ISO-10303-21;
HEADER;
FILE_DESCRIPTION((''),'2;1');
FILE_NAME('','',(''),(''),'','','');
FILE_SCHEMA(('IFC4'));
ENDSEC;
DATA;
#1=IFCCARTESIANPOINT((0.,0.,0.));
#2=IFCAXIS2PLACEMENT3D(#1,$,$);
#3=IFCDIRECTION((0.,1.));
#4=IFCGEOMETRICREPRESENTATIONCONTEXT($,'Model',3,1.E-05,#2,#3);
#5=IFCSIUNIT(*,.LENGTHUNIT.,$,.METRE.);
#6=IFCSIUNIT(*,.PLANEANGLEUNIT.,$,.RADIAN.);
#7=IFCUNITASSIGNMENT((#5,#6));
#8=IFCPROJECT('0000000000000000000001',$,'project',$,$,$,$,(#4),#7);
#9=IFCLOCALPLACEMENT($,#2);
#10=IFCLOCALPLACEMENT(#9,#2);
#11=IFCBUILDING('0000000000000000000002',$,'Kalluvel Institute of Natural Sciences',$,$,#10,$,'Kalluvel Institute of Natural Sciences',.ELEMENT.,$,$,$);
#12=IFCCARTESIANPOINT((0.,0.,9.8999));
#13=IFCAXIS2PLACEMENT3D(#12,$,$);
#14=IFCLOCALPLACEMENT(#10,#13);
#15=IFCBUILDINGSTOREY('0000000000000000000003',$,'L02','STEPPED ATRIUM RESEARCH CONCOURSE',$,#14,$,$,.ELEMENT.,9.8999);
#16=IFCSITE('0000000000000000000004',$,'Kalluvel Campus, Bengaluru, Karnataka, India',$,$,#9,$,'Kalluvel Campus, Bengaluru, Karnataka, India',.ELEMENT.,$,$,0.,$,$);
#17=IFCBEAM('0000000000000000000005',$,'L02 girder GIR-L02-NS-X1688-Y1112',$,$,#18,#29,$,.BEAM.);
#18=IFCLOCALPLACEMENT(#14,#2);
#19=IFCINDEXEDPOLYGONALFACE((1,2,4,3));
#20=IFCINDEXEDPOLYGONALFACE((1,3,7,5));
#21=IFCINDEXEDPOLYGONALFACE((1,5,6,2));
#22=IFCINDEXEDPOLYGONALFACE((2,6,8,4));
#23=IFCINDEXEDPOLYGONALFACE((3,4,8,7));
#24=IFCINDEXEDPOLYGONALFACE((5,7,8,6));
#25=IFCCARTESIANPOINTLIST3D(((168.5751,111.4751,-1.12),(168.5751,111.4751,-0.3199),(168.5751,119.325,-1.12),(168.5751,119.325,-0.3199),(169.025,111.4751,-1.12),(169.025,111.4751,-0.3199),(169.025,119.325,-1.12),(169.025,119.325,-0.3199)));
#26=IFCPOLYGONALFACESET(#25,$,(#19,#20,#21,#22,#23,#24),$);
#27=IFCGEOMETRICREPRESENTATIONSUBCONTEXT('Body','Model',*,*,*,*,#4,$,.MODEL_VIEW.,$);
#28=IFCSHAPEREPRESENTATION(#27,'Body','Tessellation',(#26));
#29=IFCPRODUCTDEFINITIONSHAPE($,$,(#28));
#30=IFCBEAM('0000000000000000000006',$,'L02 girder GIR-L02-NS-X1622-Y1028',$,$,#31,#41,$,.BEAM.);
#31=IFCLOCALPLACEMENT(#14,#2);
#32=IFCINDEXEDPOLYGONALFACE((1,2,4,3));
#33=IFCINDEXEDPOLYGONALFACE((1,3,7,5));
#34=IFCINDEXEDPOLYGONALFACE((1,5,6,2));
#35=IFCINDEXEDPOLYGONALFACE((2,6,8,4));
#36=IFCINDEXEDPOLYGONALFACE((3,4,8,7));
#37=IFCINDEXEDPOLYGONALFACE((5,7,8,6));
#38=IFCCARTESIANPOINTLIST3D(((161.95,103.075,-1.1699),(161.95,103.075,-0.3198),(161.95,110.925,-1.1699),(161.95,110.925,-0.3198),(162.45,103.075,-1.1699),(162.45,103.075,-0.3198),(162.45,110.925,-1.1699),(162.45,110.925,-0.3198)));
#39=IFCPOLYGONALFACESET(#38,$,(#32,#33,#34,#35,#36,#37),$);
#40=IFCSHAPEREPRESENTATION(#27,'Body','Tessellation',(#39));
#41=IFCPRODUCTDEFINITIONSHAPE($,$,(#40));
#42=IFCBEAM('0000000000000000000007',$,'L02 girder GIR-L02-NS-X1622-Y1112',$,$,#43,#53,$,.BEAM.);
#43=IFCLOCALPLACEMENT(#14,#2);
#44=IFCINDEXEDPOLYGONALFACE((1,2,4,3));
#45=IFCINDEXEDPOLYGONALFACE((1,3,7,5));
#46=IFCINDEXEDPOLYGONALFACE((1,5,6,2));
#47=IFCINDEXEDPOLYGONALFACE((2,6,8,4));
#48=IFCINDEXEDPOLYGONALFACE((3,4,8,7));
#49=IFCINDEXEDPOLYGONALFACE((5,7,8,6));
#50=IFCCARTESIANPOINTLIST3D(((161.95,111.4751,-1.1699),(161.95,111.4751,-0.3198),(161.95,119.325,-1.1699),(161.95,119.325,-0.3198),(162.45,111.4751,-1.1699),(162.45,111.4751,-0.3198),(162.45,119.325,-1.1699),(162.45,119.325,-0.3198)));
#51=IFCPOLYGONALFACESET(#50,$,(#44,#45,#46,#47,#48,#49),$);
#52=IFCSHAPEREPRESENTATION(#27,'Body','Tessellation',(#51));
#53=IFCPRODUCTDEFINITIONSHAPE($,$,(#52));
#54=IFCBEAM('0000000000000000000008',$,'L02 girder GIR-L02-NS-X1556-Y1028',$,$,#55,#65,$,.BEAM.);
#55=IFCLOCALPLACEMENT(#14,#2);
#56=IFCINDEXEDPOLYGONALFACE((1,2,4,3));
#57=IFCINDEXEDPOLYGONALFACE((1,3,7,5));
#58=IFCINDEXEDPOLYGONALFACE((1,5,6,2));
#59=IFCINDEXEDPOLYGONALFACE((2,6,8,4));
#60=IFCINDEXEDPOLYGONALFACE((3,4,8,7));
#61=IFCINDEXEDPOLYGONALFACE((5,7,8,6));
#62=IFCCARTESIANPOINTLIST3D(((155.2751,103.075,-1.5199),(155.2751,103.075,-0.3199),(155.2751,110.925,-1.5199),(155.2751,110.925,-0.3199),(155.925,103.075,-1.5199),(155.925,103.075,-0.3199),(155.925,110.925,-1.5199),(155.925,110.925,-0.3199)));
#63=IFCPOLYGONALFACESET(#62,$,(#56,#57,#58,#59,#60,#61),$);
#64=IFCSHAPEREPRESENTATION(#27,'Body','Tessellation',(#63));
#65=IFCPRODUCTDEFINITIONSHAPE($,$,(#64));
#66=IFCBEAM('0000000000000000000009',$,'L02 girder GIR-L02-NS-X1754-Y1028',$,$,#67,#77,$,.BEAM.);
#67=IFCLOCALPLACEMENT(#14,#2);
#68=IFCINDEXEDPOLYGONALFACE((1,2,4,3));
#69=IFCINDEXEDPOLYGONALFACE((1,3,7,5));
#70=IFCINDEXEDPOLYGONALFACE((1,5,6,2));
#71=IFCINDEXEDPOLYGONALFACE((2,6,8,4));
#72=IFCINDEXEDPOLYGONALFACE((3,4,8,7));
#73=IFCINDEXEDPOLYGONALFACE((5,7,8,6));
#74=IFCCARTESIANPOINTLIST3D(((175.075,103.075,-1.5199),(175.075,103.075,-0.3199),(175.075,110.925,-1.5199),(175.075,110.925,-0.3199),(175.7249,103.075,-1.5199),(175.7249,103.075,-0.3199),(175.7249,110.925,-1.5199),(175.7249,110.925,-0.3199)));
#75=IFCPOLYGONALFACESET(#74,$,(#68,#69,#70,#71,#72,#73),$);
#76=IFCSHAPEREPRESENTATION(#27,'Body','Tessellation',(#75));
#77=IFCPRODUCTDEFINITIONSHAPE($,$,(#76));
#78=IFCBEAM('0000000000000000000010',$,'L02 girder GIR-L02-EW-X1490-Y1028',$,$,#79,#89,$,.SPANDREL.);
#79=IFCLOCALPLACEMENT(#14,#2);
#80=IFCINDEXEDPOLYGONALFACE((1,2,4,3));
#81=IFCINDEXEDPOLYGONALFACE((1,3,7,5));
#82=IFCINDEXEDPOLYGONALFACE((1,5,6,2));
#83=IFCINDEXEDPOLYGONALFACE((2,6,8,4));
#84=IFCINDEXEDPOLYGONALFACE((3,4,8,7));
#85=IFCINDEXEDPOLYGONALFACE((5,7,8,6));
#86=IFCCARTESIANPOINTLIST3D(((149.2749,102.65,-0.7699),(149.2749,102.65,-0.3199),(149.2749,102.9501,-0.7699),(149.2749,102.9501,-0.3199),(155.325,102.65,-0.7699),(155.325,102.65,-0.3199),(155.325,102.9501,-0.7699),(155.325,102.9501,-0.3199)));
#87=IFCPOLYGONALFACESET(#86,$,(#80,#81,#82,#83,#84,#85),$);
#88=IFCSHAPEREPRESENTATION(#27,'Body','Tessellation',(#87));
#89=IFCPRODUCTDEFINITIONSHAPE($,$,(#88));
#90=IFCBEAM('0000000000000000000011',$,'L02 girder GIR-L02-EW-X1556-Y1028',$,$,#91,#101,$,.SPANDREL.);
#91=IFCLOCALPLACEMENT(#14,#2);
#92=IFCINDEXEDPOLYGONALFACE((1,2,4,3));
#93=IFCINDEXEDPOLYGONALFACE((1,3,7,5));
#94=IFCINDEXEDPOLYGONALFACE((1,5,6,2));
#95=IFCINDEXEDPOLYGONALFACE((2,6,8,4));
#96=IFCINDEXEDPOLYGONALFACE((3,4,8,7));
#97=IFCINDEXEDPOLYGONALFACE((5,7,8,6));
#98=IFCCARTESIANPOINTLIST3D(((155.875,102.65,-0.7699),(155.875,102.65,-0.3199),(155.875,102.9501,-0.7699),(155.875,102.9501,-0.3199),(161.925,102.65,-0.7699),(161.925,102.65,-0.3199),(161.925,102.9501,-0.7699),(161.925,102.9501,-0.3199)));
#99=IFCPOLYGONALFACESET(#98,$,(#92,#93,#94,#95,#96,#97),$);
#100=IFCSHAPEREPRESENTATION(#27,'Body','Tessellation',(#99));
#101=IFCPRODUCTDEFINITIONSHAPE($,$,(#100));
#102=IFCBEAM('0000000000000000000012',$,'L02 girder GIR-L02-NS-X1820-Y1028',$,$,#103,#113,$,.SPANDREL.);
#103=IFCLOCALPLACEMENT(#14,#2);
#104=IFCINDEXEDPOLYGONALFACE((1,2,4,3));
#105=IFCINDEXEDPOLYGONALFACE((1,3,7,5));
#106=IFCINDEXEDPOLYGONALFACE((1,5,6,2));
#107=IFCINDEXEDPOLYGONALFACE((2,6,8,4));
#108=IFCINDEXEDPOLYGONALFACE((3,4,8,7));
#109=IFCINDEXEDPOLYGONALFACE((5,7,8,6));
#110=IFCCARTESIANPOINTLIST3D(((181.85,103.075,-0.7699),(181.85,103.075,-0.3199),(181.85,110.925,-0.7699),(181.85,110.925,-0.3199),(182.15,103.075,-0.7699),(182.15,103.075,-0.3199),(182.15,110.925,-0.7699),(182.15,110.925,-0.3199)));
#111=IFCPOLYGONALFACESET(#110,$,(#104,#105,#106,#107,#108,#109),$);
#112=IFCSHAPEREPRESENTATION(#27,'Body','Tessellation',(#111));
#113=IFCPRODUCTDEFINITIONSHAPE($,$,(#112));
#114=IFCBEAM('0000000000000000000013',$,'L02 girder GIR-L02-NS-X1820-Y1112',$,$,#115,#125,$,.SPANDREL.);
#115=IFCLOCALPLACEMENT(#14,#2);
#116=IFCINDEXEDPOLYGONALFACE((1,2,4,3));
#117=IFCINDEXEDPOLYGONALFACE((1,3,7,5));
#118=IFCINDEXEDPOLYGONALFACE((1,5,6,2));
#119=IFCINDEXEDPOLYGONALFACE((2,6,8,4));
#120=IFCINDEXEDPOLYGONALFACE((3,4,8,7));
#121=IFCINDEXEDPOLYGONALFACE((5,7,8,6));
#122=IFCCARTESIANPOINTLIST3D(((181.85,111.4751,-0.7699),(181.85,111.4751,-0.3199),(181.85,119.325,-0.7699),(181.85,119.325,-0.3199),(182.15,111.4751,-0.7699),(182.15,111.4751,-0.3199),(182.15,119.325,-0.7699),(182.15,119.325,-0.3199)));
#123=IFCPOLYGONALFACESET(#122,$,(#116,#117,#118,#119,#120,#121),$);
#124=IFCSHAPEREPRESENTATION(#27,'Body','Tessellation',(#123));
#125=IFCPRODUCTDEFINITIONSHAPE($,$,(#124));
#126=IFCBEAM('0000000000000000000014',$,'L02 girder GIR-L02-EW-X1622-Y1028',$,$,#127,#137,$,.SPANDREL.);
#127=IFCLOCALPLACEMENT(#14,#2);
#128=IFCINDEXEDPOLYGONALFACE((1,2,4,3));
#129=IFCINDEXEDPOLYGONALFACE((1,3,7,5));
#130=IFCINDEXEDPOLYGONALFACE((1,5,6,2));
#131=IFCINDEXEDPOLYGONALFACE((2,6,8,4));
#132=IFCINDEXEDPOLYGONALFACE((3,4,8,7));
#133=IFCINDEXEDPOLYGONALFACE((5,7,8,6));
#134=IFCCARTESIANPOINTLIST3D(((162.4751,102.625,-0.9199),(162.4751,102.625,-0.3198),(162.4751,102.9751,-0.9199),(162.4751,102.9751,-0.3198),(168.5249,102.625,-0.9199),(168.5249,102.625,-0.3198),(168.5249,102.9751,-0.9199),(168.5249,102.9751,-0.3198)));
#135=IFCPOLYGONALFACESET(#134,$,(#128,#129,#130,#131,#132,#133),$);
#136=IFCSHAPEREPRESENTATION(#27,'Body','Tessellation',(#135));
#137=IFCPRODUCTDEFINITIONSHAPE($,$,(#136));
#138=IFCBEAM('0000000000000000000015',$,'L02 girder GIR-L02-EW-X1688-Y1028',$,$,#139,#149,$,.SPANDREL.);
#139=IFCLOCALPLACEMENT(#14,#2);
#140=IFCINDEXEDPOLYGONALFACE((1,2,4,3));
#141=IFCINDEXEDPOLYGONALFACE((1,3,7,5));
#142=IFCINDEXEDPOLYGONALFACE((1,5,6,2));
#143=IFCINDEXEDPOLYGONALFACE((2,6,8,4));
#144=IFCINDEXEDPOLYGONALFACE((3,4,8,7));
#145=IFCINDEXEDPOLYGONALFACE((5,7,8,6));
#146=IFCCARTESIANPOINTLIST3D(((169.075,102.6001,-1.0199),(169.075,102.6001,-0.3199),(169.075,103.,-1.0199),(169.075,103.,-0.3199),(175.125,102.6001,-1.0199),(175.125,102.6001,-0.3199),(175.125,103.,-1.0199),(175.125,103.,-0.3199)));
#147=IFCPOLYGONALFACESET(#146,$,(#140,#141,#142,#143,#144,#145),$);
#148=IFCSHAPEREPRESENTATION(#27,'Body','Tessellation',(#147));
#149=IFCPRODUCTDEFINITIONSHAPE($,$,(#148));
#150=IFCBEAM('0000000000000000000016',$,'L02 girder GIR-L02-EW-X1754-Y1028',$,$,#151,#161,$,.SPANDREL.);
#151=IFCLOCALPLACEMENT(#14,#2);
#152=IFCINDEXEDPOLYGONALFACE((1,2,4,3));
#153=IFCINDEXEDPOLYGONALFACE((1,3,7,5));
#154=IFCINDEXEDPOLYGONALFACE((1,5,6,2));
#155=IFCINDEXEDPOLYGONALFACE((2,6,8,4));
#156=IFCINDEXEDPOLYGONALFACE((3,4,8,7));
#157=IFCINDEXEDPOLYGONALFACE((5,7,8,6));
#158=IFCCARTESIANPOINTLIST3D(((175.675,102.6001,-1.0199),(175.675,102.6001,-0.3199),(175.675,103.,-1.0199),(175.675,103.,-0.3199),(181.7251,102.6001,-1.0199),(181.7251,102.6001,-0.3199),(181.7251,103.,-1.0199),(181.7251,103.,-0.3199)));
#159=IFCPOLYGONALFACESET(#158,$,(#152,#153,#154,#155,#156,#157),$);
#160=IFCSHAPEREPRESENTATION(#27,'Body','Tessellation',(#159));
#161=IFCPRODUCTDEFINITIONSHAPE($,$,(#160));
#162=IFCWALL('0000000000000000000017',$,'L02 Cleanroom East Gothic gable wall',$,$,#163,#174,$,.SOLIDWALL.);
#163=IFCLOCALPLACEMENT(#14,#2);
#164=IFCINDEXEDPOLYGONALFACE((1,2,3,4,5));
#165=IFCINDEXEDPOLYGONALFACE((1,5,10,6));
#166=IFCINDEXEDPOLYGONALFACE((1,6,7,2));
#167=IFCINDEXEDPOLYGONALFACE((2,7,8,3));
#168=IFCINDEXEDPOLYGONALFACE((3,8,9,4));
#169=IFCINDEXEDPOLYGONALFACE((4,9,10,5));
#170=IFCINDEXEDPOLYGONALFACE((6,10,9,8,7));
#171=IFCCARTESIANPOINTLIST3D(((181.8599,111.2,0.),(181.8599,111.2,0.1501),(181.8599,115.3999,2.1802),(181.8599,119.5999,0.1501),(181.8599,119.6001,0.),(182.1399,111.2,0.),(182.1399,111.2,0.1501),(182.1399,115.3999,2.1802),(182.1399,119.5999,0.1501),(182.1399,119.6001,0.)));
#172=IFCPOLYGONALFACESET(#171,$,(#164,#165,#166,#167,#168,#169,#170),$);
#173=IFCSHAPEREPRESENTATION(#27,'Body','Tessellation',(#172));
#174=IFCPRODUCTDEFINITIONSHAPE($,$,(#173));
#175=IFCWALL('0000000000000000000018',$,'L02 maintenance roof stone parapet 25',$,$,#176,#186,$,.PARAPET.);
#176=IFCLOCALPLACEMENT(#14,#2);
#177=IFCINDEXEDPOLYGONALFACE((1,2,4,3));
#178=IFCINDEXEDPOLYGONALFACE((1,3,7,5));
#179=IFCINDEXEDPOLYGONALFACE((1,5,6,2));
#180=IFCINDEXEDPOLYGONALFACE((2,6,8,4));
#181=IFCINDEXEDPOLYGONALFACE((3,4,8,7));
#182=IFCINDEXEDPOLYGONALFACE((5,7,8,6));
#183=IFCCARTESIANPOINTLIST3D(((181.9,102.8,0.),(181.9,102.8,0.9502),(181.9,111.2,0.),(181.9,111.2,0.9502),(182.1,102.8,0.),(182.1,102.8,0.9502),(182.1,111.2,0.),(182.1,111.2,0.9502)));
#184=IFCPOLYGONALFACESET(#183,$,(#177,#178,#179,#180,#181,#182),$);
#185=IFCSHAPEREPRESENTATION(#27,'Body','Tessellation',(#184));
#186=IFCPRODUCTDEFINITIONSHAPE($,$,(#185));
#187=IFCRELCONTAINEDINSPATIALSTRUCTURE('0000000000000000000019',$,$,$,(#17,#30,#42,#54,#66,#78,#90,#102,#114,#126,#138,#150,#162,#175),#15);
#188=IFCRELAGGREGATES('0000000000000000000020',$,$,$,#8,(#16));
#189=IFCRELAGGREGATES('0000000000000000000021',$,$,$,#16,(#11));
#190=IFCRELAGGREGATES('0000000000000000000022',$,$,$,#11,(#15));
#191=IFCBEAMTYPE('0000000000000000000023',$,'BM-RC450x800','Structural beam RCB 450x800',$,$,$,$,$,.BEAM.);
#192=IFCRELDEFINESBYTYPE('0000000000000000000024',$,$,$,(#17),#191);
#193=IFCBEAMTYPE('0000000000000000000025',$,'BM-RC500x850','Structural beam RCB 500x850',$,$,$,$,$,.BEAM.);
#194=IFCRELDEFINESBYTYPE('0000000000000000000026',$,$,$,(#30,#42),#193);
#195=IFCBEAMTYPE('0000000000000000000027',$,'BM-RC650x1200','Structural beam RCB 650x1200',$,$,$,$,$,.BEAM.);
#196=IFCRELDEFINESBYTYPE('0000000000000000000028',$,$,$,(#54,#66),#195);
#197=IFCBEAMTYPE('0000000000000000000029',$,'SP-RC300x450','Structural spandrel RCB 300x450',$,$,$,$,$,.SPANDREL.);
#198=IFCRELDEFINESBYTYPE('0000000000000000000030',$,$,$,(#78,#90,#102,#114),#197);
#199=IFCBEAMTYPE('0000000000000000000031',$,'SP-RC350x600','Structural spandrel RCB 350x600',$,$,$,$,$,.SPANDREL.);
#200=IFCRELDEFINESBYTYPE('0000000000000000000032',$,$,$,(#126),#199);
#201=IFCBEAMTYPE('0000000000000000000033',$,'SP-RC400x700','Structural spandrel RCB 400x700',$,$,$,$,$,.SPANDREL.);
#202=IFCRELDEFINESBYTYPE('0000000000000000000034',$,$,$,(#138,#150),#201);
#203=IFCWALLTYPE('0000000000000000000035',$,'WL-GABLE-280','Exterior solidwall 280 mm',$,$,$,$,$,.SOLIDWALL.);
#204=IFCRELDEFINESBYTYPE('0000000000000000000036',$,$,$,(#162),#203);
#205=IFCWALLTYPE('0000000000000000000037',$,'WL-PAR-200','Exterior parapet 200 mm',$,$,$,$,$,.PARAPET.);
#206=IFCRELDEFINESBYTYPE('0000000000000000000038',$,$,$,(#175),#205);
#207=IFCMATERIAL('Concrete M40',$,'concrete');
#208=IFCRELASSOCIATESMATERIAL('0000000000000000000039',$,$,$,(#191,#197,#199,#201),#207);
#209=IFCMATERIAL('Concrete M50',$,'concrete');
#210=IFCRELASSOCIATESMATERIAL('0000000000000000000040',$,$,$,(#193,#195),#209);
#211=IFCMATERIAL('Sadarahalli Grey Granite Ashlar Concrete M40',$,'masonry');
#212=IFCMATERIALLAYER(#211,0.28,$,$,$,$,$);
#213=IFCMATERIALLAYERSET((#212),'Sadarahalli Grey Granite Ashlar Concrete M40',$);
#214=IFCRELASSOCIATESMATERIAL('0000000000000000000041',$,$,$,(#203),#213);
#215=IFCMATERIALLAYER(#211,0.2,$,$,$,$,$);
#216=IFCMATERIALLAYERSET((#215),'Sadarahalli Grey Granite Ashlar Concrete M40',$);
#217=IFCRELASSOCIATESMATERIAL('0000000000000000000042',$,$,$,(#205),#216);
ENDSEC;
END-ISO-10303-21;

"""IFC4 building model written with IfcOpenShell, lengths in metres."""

from ifc_helpers import new_model, si_unit, direction, frame, frame_2d, origin, origin_2d, place, context, subcontext, project, spatial, polyline, rectangle, outline, extrude, material, layer, layer_set, material_profile, profile_set, type_object, element, save


model = new_model("IFC4")

# Units and contexts
model_context = context("Model", 3, precision=1e-05, world=origin(), true_north=direction((0.0, 1.0)))
body_context = subcontext(model_context, "Body", "Model", "MODEL_VIEW")
ifc_project = project(units=[si_unit("LENGTHUNIT", "METRE"), si_unit("PLANEANGLEUNIT", "RADIAN")], contexts=[model_context])

# Site, building, storey
site_placement = place(None, origin())
site = spatial("IfcSite", under=ifc_project, at=site_placement, Name="Kalluvel Campus, Bengaluru, Karnataka, India", LongName="Kalluvel Campus, Bengaluru, Karnataka, India", CompositionType="ELEMENT", RefElevation=0.0)
building_placement = place(site_placement, origin())
building = spatial("IfcBuilding", under=site, at=building_placement, Name="Kalluvel Institute of Natural Sciences", LongName="Kalluvel Institute of Natural Sciences", CompositionType="ELEMENT")
storey_placement = place(building_placement, frame((0.0, 0.0, 9.8999)))
storey = spatial("IfcBuildingStorey", under=building, at=storey_placement, Name="L02", Description="STEPPED ATRIUM RESEARCH CONCOURSE", CompositionType="ELEMENT", Elevation=9.8999)

# Beams
ifc_material_1 = material(Name="Concrete M40", Category="concrete")
ifc_material_profile_1 = material_profile(ifc_material_1, rectangle(XDim=0.45, YDim=0.8, at=origin_2d()), Name="RCB 450x800")
ifc_profile_set_1 = profile_set([ifc_material_profile_1], Name="Concrete M40")
beam_type_1 = type_object("IfcBeamType", Name="BM-RC450x800", Description="Structural beam RCB 450x800", PredefinedType="BEAM", material=ifc_profile_set_1)
beam_1_placement = place(storey_placement, frame((168.8, 111.4751, -0.72), z_axis=(0.0, 1.0, 0.0), x_axis=(-1.0, 0.0, 0.0)))
element("IfcBeam", 1, at=beam_1_placement, inside=storey, type_object=beam_type_1, Name="L02 girder GIR-L02-NS-X1688-Y1112", PredefinedType="BEAM", context=body_context, shape_type="SweptSolid", body=[
    extrude(rectangle(XDim=0.45, YDim=0.8, at=origin_2d()), origin(), (0.0, 0.0, 1.0), 7.8499),
])
ifc_material_2 = material(Name="Concrete M50", Category="concrete")
ifc_material_profile_2 = material_profile(ifc_material_2, rectangle(XDim=0.5, YDim=0.8501, at=origin_2d()), Name="RCB 500x850")
ifc_profile_set_2 = profile_set([ifc_material_profile_2], Name="Concrete M50")
beam_type_2 = type_object("IfcBeamType", Name="BM-RC500x850", Description="Structural beam RCB 500x850", PredefinedType="BEAM", material=ifc_profile_set_2)
beam_2_placement = place(storey_placement, frame((162.2, 103.075, -0.7449), z_axis=(0.0, 1.0, 0.0), x_axis=(-1.0, 0.0, 0.0)))
element("IfcBeam", 2, at=beam_2_placement, inside=storey, type_object=beam_type_2, Name="L02 girder GIR-L02-NS-X1622-Y1028", PredefinedType="BEAM", context=body_context, shape_type="SweptSolid", body=[
    extrude(rectangle(XDim=0.5, YDim=0.8501, at=origin_2d()), origin(), (0.0, 0.0, 1.0), 7.8501),
])
beam_3_placement = place(storey_placement, frame((162.2, 111.4751, -0.7449), z_axis=(0.0, 1.0, 0.0), x_axis=(-1.0, 0.0, 0.0)))
element("IfcBeam", 3, at=beam_3_placement, inside=storey, type_object=beam_type_2, Name="L02 girder GIR-L02-NS-X1622-Y1112", PredefinedType="BEAM", context=body_context, shape_type="SweptSolid", body=[
    extrude(rectangle(XDim=0.5, YDim=0.8501, at=origin_2d()), origin(), (0.0, 0.0, 1.0), 7.8499),
])
ifc_material_profile_3 = material_profile(ifc_material_2, rectangle(XDim=0.6499, YDim=1.2, at=origin_2d()), Name="RCB 650x1200")
ifc_profile_set_3 = profile_set([ifc_material_profile_3], Name="Concrete M50")
beam_type_3 = type_object("IfcBeamType", Name="BM-RC650x1200", Description="Structural beam RCB 650x1200", PredefinedType="BEAM", material=ifc_profile_set_3)
for number, where, z_axis, x_axis, name in (
    (4, (155.6001, 103.075, -0.9199), (0.0, 1.0, 0.0), (-1.0, 0.0, 0.0), "L02 girder GIR-L02-NS-X1556-Y1028"),
    (5, (175.3999, 103.075, -0.9199), (0.0, 1.0, 0.0), (-1.0, 0.0, 0.0), "L02 girder GIR-L02-NS-X1754-Y1028"),
):
    element("IfcBeam", number, at=place(storey_placement, frame(where, z_axis=z_axis, x_axis=x_axis)), inside=storey, type_object=beam_type_3, Name=name, PredefinedType="BEAM", context=body_context, shape_type="SweptSolid", body=[
        extrude(rectangle(XDim=0.6499, YDim=1.2, at=origin_2d()), origin(), (0.0, 0.0, 1.0), 7.8501),
    ])
ifc_material_profile_4 = material_profile(ifc_material_1, rectangle(XDim=0.3, YDim=0.45, at=origin_2d()), Name="RCB 300x450")
ifc_profile_set_4 = profile_set([ifc_material_profile_4], Name="Concrete M40")
beam_type_4 = type_object("IfcBeamType", Name="SP-RC300x450", Description="Structural spandrel RCB 300x450", PredefinedType="SPANDREL", material=ifc_profile_set_4)
for number, where, z_axis, x_axis, name in (
    (6, (149.2749, 102.8, -0.5449), (1.0, 0.0, 0.0), (0.0, 1.0, 0.0), "L02 girder GIR-L02-EW-X1490-Y1028"),
    (7, (155.875, 102.8, -0.5449), (1.0, 0.0, 0.0), (0.0, 1.0, 0.0), "L02 girder GIR-L02-EW-X1556-Y1028"),
):
    element("IfcBeam", number, at=place(storey_placement, frame(where, z_axis=z_axis, x_axis=x_axis)), inside=storey, type_object=beam_type_4, Name=name, PredefinedType="SPANDREL", context=body_context, shape_type="SweptSolid", body=[
        extrude(rectangle(XDim=0.3, YDim=0.45, at=origin_2d()), origin(), (0.0, 0.0, 1.0), 6.05),
    ])
beam_4_placement = place(storey_placement, frame((182.0, 103.075, -0.5449), z_axis=(0.0, 1.0, 0.0), x_axis=(-1.0, 0.0, 0.0)))
element("IfcBeam", 8, at=beam_4_placement, inside=storey, type_object=beam_type_4, Name="L02 girder GIR-L02-NS-X1820-Y1028", PredefinedType="SPANDREL", context=body_context, shape_type="SweptSolid", body=[
    extrude(rectangle(XDim=0.3, YDim=0.45, at=origin_2d()), origin(), (0.0, 0.0, 1.0), 7.8501),
])
beam_5_placement = place(storey_placement, frame((182.0, 111.4751, -0.5449), z_axis=(0.0, 1.0, 0.0), x_axis=(-1.0, 0.0, 0.0)))
element("IfcBeam", 9, at=beam_5_placement, inside=storey, type_object=beam_type_4, Name="L02 girder GIR-L02-NS-X1820-Y1112", PredefinedType="SPANDREL", context=body_context, shape_type="SweptSolid", body=[
    extrude(rectangle(XDim=0.3, YDim=0.45, at=origin_2d()), origin(), (0.0, 0.0, 1.0), 7.8499),
])
ifc_material_profile_5 = material_profile(ifc_material_1, rectangle(XDim=0.3501, YDim=0.6001, at=origin_2d()), Name="RCB 350x600")
ifc_profile_set_5 = profile_set([ifc_material_profile_5], Name="Concrete M40")
beam_type_5 = type_object("IfcBeamType", Name="SP-RC350x600", Description="Structural spandrel RCB 350x600", PredefinedType="SPANDREL", material=ifc_profile_set_5)
beam_6_placement = place(storey_placement, frame((162.4751, 102.8, -0.6199), z_axis=(1.0, 0.0, 0.0), x_axis=(0.0, 1.0, 0.0)))
element("IfcBeam", 10, at=beam_6_placement, inside=storey, type_object=beam_type_5, Name="L02 girder GIR-L02-EW-X1622-Y1028", PredefinedType="SPANDREL", context=body_context, shape_type="SweptSolid", body=[
    extrude(rectangle(XDim=0.3501, YDim=0.6001, at=origin_2d()), origin(), (0.0, 0.0, 1.0), 6.0498),
])
ifc_material_profile_6 = material_profile(ifc_material_1, rectangle(XDim=0.3999, YDim=0.7, at=origin_2d()), Name="RCB 400x700")
ifc_profile_set_6 = profile_set([ifc_material_profile_6], Name="Concrete M40")
beam_type_6 = type_object("IfcBeamType", Name="SP-RC400x700", Description="Structural spandrel RCB 400x700", PredefinedType="SPANDREL", material=ifc_profile_set_6)
for number, where, z_axis, x_axis, name in (
    (11, (169.075, 102.8, -0.6699), (1.0, 0.0, 0.0), (0.0, 1.0, 0.0), "L02 girder GIR-L02-EW-X1688-Y1028"),
    (12, (175.675, 102.8, -0.6699), (1.0, 0.0, 0.0), (0.0, 1.0, 0.0), "L02 girder GIR-L02-EW-X1754-Y1028"),
):
    element("IfcBeam", number, at=place(storey_placement, frame(where, z_axis=z_axis, x_axis=x_axis)), inside=storey, type_object=beam_type_6, Name=name, PredefinedType="SPANDREL", context=body_context, shape_type="SweptSolid", body=[
        extrude(rectangle(XDim=0.3999, YDim=0.7, at=origin_2d()), origin(), (0.0, 0.0, 1.0), 6.05),
    ])

# Walls
ifc_material_3 = material(Name="Sadarahalli Grey Granite Ashlar Concrete M40", Category="masonry")
ifc_layer_1 = layer(ifc_material_3, 0.28)
ifc_layer_set_1 = layer_set([ifc_layer_1], Name="Sadarahalli Grey Granite Ashlar Concrete M40")
wall_type_1 = type_object("IfcWallType", Name="WL-GABLE-280", Description="Exterior solidwall 280 mm", PredefinedType="SOLIDWALL", material=ifc_layer_set_1)
wall_1_placement = place(storey_placement, frame((182.0, 111.2, 0.0), z_axis=(0.0, 0.0, 1.0), x_axis=(0.0, 1.0, 0.0)))
element("IfcWall", 13, at=wall_1_placement, inside=storey, type_object=wall_type_1, Name="L02 Cleanroom East Gothic gable wall", PredefinedType="SOLIDWALL", context=body_context, shape_type="SweptSolid", body=[
    extrude(outline(polyline([(0.0, 0.0), (8.4001, 0.0), (8.3999, 0.1501), (4.2, 2.1802), (0.0, 0.1501), (0.0, 0.0)])), frame((0.0, 0.1401, 0.0), z_axis=(0.0, -1.0, 0.0), x_axis=(1.0, 0.0, 0.0)), (0.0, 0.0, 1.0), 0.28),
])
ifc_layer_2 = layer(ifc_material_3, 0.2)
ifc_layer_set_2 = layer_set([ifc_layer_2], Name="Sadarahalli Grey Granite Ashlar Concrete M40")
wall_type_2 = type_object("IfcWallType", Name="WL-PAR-200", Description="Exterior parapet 200 mm", PredefinedType="PARAPET", material=ifc_layer_set_2)
wall_2_placement = place(storey_placement, frame((182.0, 102.8, 0.0), z_axis=(0.0, 0.0, 1.0), x_axis=(0.0, 1.0, 0.0)))
element("IfcWall", 14, at=wall_2_placement, inside=storey, type_object=wall_type_2, Name="L02 maintenance roof stone parapet 25", PredefinedType="PARAPET", context=body_context, shape_type="SweptSolid", body=[
    extrude(rectangle(XDim=8.3999, YDim=0.2, at=frame_2d((4.2, 0.0))), origin(), (0.0, 0.0, 1.0), 0.9502),
])

save(model, "model.ifc")
